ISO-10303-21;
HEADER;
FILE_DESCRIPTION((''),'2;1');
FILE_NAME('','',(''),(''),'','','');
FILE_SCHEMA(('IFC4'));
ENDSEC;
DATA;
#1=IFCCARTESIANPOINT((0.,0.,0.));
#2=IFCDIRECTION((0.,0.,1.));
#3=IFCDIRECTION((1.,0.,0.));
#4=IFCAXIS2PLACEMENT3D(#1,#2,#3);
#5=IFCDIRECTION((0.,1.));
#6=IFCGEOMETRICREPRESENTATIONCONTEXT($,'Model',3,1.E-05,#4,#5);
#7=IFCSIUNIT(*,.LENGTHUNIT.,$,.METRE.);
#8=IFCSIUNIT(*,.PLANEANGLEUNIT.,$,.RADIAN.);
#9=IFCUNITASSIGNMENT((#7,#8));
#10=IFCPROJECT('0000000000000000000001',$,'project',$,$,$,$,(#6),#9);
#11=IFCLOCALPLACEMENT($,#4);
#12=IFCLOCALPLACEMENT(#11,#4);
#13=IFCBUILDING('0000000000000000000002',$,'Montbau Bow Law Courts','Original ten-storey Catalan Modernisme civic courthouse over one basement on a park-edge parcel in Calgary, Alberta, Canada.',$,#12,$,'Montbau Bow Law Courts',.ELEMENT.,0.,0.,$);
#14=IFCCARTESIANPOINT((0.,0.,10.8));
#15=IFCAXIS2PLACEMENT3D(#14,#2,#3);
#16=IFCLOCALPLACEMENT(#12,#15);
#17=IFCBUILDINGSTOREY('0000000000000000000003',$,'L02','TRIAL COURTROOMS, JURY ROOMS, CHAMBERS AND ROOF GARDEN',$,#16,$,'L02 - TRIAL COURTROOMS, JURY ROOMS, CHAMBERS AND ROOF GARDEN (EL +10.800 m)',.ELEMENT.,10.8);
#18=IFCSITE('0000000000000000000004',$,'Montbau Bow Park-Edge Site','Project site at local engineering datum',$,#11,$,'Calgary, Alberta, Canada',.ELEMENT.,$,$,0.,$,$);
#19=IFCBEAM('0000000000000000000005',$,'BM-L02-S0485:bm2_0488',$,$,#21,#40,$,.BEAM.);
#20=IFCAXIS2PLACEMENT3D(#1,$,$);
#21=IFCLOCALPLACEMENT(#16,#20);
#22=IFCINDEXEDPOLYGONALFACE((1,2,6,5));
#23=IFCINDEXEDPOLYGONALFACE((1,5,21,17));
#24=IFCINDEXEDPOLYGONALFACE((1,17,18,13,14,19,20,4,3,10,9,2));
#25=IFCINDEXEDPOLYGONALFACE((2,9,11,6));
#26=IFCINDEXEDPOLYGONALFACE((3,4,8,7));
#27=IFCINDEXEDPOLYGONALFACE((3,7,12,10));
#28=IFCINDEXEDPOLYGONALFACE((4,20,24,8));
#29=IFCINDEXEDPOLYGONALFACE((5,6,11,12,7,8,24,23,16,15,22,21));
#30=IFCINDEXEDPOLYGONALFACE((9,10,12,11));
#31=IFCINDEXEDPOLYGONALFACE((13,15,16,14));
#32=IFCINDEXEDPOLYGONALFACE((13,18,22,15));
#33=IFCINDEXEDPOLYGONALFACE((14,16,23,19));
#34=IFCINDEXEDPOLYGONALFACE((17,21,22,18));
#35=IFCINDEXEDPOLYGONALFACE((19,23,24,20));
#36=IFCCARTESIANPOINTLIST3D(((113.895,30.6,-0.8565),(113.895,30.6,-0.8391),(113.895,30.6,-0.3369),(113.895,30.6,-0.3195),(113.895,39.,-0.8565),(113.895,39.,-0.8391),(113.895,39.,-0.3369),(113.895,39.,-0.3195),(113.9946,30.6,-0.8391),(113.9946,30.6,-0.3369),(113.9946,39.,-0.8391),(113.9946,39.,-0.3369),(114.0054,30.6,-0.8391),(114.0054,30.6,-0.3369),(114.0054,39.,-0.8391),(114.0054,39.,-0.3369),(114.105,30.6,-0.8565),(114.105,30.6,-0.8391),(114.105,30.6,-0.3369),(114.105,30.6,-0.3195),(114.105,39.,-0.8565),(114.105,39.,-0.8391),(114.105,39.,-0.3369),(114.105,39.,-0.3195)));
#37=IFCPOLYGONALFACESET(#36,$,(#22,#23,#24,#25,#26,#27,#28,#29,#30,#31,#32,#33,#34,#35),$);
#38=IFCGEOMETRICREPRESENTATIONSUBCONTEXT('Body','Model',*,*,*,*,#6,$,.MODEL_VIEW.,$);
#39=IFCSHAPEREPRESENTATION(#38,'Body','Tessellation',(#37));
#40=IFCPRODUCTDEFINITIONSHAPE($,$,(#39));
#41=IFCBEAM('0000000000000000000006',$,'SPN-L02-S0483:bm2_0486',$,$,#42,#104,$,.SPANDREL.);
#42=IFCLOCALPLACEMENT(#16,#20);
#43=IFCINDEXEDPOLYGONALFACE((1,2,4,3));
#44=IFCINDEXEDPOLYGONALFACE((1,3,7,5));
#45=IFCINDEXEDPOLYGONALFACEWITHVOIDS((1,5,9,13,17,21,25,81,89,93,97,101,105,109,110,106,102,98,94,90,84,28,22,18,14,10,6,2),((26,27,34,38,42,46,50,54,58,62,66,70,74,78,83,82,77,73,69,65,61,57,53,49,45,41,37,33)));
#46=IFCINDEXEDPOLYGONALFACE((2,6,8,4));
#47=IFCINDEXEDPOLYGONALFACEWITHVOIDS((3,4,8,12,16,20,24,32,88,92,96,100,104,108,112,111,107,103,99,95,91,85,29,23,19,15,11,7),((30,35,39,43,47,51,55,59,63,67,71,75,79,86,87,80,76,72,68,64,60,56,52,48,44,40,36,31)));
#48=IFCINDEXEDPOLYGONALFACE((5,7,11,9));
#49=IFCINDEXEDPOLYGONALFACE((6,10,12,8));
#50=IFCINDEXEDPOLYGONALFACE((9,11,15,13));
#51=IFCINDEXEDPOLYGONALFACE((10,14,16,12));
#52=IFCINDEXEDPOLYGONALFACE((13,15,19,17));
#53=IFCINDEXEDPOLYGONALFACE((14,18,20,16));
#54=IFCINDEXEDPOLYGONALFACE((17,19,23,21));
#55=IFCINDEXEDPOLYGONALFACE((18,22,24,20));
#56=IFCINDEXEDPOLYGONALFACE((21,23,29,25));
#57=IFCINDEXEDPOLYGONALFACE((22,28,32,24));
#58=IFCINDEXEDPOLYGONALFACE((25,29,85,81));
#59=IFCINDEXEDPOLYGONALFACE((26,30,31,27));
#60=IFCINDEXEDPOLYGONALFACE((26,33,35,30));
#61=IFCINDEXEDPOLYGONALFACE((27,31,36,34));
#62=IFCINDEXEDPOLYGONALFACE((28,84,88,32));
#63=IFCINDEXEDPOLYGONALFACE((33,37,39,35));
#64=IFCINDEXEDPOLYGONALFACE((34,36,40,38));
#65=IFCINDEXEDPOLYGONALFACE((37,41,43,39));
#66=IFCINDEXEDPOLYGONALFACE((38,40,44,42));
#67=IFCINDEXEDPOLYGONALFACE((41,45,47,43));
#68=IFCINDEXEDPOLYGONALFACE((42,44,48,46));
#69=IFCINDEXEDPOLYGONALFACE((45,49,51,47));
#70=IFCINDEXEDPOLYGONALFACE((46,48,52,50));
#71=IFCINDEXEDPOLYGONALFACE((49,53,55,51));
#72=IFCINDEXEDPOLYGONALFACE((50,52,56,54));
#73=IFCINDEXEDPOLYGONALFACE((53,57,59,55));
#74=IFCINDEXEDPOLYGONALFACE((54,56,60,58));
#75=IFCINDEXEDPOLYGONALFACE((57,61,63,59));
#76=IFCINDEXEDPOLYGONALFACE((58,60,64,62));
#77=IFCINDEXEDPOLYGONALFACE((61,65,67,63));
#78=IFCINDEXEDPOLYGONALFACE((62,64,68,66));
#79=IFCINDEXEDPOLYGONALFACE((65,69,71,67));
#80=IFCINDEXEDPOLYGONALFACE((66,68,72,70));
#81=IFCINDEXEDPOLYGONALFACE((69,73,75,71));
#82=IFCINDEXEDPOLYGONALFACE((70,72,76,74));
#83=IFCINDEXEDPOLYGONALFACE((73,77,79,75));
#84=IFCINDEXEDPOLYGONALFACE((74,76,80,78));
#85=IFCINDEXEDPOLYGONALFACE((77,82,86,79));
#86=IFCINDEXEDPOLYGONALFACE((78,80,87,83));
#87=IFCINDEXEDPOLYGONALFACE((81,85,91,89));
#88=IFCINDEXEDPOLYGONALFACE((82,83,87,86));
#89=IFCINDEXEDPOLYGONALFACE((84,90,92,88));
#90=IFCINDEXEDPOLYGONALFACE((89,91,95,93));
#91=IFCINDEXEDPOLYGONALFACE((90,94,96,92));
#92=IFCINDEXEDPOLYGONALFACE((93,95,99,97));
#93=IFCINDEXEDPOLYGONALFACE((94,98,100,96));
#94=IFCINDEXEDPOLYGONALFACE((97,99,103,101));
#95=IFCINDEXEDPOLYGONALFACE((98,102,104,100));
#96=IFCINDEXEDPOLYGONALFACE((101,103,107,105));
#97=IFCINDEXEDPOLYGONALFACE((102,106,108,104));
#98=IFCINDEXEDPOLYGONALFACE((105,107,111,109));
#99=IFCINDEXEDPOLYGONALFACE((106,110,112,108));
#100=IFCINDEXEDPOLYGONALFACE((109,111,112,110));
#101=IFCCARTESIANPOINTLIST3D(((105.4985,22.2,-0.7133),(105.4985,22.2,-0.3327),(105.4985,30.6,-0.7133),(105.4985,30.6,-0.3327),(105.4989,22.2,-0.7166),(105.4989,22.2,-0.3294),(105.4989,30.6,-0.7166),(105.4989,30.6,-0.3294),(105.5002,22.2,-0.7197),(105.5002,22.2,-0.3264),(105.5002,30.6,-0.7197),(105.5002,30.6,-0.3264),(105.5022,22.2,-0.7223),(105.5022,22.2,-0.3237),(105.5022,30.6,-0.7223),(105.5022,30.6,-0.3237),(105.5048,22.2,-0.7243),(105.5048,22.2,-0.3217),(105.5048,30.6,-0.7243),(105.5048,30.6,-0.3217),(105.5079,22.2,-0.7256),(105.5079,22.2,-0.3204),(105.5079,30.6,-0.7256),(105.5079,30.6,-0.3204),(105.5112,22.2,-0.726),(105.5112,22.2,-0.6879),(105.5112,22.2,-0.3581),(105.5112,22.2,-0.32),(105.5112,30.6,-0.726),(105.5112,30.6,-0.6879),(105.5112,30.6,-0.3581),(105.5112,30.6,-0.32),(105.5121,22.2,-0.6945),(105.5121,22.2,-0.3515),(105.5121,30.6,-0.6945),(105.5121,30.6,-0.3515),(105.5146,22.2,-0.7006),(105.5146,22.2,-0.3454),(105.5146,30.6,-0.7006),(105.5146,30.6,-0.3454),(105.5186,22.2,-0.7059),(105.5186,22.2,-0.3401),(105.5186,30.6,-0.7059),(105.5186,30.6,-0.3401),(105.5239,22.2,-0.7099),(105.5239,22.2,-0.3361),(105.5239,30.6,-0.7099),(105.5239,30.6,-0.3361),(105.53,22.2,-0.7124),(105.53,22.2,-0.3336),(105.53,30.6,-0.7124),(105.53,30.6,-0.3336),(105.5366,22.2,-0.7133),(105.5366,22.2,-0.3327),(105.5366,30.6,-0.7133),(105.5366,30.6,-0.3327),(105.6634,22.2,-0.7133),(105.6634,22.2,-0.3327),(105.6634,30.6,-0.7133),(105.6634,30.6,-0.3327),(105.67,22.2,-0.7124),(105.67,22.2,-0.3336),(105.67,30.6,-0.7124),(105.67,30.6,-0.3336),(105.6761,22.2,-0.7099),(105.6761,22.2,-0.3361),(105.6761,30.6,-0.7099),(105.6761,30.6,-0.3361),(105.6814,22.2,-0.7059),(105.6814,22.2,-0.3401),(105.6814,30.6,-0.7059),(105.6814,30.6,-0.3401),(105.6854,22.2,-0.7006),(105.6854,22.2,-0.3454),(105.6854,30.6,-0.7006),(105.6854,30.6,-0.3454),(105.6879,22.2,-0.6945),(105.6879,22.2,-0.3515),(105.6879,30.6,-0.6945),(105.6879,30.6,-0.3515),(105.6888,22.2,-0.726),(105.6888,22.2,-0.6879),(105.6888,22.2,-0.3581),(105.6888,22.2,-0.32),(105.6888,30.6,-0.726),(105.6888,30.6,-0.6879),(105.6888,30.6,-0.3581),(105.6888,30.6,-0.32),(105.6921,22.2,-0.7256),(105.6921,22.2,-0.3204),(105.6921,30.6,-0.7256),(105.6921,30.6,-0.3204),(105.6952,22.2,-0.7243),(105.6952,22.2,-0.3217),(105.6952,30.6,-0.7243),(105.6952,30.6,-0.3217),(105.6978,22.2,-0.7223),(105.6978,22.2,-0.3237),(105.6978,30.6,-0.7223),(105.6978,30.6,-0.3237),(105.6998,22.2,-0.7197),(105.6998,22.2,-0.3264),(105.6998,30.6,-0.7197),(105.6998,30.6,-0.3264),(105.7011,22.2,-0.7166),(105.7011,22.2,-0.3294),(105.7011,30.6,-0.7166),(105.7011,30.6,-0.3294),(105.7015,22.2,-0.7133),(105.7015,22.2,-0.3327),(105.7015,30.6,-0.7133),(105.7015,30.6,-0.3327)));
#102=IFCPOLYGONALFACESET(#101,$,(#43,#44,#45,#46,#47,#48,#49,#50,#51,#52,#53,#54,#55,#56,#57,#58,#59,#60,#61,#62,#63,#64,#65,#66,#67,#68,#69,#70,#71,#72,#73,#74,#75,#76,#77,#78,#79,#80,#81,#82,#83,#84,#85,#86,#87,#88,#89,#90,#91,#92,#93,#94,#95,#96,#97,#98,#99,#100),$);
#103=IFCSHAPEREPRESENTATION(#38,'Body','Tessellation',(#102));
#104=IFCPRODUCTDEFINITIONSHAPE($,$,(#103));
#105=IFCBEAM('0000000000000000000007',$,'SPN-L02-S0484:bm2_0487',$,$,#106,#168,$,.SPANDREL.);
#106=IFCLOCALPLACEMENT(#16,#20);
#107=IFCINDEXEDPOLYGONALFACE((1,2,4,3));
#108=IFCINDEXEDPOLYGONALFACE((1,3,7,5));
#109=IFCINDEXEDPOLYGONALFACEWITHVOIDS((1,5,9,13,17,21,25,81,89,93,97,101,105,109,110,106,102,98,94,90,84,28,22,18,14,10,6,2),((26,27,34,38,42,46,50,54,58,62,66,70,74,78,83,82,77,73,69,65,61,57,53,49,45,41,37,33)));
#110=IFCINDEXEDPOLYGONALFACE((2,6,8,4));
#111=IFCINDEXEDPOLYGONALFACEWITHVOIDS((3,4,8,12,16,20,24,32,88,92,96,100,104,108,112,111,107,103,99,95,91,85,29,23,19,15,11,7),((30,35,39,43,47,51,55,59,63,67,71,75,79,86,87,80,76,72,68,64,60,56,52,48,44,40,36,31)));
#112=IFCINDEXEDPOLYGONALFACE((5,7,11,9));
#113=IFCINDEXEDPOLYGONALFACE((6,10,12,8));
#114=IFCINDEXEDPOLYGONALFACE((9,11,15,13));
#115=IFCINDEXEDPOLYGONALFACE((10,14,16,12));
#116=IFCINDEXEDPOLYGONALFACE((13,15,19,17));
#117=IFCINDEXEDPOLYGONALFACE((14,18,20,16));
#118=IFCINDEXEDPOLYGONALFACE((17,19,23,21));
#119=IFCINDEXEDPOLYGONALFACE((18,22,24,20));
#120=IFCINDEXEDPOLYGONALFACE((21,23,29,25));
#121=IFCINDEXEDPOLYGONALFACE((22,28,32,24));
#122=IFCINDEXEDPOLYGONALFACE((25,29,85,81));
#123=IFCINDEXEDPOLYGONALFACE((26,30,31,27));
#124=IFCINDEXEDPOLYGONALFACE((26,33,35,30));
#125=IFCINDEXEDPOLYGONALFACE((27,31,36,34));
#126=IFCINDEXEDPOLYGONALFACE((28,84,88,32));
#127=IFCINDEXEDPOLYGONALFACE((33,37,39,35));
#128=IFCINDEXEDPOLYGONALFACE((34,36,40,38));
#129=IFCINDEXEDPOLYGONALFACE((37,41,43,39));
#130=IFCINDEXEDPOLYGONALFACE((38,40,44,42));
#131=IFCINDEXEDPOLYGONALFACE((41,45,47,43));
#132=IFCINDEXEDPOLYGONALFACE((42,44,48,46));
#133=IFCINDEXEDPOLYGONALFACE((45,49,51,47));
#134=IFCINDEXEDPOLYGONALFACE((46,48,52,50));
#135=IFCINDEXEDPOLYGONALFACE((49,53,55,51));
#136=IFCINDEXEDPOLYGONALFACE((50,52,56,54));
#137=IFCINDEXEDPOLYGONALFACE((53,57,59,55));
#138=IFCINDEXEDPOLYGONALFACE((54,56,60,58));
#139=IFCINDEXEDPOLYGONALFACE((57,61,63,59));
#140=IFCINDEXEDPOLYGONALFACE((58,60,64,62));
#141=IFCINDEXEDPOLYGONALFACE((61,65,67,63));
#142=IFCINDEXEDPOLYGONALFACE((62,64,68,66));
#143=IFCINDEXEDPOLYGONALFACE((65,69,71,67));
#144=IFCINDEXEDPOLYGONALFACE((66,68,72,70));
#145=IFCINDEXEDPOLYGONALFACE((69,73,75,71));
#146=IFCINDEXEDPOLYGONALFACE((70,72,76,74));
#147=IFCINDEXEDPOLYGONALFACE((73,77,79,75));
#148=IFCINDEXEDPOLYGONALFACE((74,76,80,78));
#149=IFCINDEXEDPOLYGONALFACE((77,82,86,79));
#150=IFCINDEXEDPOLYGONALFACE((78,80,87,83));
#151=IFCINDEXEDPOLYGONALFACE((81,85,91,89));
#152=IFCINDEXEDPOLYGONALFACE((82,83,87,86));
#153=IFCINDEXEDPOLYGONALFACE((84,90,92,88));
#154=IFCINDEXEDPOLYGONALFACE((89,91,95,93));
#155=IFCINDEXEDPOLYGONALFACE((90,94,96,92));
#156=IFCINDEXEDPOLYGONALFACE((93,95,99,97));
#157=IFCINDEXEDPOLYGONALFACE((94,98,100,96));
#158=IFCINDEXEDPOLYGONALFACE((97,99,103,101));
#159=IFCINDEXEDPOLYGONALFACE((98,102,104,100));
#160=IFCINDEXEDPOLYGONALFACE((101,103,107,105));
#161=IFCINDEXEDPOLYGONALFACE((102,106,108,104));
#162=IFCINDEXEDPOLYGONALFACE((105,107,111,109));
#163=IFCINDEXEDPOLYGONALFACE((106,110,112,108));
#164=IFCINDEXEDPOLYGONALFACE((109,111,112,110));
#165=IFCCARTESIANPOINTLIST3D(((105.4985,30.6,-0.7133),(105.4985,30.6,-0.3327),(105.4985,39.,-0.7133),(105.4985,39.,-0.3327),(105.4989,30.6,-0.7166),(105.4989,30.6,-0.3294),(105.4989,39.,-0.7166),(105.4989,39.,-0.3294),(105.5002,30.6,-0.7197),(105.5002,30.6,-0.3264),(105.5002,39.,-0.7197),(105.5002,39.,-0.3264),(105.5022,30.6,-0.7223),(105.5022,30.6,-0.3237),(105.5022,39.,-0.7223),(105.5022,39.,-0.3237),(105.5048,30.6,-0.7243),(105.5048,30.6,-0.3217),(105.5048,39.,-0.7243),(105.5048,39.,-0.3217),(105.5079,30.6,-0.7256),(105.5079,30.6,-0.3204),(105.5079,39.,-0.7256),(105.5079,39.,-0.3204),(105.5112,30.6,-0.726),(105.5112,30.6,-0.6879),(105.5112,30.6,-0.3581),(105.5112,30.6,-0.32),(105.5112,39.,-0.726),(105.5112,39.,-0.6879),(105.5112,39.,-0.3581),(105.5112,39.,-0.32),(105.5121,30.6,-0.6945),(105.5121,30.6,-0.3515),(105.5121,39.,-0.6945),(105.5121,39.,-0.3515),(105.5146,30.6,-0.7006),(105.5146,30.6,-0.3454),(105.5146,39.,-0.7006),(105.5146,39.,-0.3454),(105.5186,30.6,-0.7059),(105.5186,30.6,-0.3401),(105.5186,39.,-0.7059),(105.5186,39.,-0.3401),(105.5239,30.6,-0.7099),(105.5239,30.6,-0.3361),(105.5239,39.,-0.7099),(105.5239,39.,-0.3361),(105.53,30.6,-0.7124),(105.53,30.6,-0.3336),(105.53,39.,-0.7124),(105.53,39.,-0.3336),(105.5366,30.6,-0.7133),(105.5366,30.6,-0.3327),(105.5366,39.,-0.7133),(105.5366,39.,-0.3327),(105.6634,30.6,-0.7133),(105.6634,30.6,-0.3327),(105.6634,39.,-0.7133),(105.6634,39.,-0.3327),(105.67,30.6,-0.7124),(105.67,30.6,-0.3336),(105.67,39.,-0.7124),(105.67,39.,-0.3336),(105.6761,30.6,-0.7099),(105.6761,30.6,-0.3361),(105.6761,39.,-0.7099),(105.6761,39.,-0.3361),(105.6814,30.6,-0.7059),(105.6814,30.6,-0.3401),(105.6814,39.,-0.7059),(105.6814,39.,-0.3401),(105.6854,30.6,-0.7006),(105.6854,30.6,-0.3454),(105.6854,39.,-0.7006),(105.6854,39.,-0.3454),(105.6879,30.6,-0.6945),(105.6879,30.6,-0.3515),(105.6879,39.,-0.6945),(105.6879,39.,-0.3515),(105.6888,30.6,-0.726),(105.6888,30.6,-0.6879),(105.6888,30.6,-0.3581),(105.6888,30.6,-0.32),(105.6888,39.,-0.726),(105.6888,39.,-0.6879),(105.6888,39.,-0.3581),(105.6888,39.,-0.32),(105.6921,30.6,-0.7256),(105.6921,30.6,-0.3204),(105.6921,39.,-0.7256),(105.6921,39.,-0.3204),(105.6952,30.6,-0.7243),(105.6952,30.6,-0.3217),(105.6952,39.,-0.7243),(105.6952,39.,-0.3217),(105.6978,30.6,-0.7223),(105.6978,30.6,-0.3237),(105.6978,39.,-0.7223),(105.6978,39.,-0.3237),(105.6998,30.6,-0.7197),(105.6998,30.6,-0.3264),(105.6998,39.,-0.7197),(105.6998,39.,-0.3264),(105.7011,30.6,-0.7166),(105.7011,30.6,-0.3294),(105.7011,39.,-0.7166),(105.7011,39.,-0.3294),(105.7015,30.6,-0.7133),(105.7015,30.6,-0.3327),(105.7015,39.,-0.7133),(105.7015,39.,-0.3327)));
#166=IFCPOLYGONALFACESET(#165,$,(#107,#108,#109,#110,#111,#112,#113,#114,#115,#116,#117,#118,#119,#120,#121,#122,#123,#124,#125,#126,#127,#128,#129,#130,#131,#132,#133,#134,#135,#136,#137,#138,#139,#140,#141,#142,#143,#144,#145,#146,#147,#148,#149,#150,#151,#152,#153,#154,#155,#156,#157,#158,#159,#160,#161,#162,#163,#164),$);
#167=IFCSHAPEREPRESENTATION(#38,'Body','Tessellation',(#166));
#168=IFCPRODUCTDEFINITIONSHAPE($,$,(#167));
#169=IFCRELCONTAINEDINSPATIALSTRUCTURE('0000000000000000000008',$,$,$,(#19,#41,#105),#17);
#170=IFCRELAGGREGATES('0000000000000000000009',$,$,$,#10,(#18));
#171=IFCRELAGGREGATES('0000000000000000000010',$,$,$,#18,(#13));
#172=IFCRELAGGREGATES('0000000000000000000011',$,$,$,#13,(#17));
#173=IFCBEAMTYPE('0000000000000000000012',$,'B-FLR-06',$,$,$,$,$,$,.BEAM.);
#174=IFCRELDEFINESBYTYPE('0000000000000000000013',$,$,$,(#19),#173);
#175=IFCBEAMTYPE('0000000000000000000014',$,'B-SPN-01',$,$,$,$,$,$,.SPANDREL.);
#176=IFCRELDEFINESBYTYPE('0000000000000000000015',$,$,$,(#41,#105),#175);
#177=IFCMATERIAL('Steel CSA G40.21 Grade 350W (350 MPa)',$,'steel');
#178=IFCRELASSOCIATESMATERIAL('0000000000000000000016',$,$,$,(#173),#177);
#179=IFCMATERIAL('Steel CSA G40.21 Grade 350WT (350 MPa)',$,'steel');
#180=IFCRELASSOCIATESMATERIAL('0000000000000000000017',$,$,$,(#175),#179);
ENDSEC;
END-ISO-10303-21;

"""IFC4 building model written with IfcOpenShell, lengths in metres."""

from ifc_helpers import new_model, si_unit, direction, frame, origin_with_axes, origin_2d_with_axis, place, context, subcontext, project, spatial, hollow_rectangle, i_section, extrude, material, material_profile, profile_set, type_object, element, save


model = new_model("IFC4")

# Units and contexts
model_context = context("Model", 3, precision=1e-05, world=origin_with_axes(), true_north=direction((0.0, 1.0)))
body_context = subcontext(model_context, "Body", "Model", "MODEL_VIEW")
ifc_project = project(units=[si_unit("LENGTHUNIT", "METRE"), si_unit("PLANEANGLEUNIT", "RADIAN")], contexts=[model_context])

# Site, building, storey
site_placement = place(None, origin_with_axes())
site = spatial("IfcSite", under=ifc_project, at=site_placement, Name="Montbau Bow Park-Edge Site", Description="Project site at local engineering datum", LongName="Calgary, Alberta, Canada", CompositionType="ELEMENT", RefElevation=0.0)
building_placement = place(site_placement, origin_with_axes())
building = spatial("IfcBuilding", under=site, at=building_placement, Name="Montbau Bow Law Courts", Description="Original ten-storey Catalan Modernisme civic courthouse over one basement on a park-edge parcel in Calgary, Alberta, Canada.", LongName="Montbau Bow Law Courts", CompositionType="ELEMENT", ElevationOfRefHeight=0.0, ElevationOfTerrain=0.0)
storey_placement = place(building_placement, frame((0.0, 0.0, 10.8), z_axis=(0.0, 0.0, 1.0), x_axis=(1.0, 0.0, 0.0)))
storey = spatial("IfcBuildingStorey", under=building, at=storey_placement, Name="L02", Description="TRIAL COURTROOMS, JURY ROOMS, CHAMBERS AND ROOF GARDEN", LongName="L02 - TRIAL COURTROOMS, JURY ROOMS, CHAMBERS AND ROOF GARDEN (EL +10.800 m)", CompositionType="ELEMENT", Elevation=10.8)

# Shared definitions
ifc_material_1 = material(Name="Steel CSA G40.21 Grade 350W (350 MPa)", Category="steel")

# Beams
ifc_material_2 = material(Name="Steel CSA G40.21 Grade 350WT (350 MPa)", Category="steel")
ifc_material_profile_1 = material_profile(ifc_material_1, i_section(OverallWidth=0.21, OverallDepth=0.537, WebThickness=0.0109, FlangeThickness=0.0174, at=origin_2d_with_axis()), Name="W530X101", Category="Main", Priority=0)
ifc_profile_set_1 = profile_set([ifc_material_profile_1], Name="Steel CSA G40.21 Grade 350W (350 MPa)")
beam_type_1 = type_object("IfcBeamType", Name="B-FLR-06", PredefinedType="BEAM", material=ifc_profile_set_1)
for number, where, z_axis, x_axis, name in (
    (1, (114.0, 30.6, 10.212), (0.0, 1.0, 0.0), (-1.0, 0.0, 0.0), "BM-L02-S0485:bm2_0488"),
):
    element("IfcBeam", number, at=place(None, frame(where, z_axis=z_axis, x_axis=x_axis)), inside=storey, type_object=beam_type_1, Name=name, PredefinedType="BEAM", context=body_context, shape_type="SweptSolid", body=[
        extrude(i_section(OverallWidth=0.21, OverallDepth=0.537, WebThickness=0.0109, FlangeThickness=0.0174, at=origin_2d_with_axis()), origin_with_axes(), (0.0, 0.0, 1.0), 8.4),
    ])
ifc_material_profile_2 = material_profile(ifc_material_2, hollow_rectangle(XDim=0.203, YDim=0.406, WallThickness=0.0127, InnerFilletRadius=0.0254, OuterFilletRadius=0.0127, at=origin_2d_with_axis()), Name="HSS406X203X13", Category="Main", Priority=0)
ifc_profile_set_2 = profile_set([ifc_material_profile_2], Name="Steel CSA G40.21 Grade 350WT (350 MPa)")
beam_type_2 = type_object("IfcBeamType", Name="B-SPN-01", PredefinedType="SPANDREL", material=ifc_profile_set_2)
for number, where, z_axis, x_axis, name in (
    (2, (105.6, 22.2, 10.277), (0.0, 1.0, 0.0), (-1.0, 0.0, 0.0), "SPN-L02-S0483:bm2_0486"),
    (3, (105.6, 30.6, 10.277), (0.0, 1.0, 0.0), (-1.0, 0.0, 0.0), "SPN-L02-S0484:bm2_0487"),
):
    element("IfcBeam", number, at=place(None, frame(where, z_axis=z_axis, x_axis=x_axis)), inside=storey, type_object=beam_type_2, Name=name, PredefinedType="SPANDREL", context=body_context, shape_type="SweptSolid", body=[
        extrude(hollow_rectangle(XDim=0.203, YDim=0.406, WallThickness=0.0127, InnerFilletRadius=0.0254, OuterFilletRadius=0.0127, at=origin_2d_with_axis()), origin_with_axes(), (0.0, 0.0, 1.0), 8.4),
    ])

save(model, "model.ifc")
